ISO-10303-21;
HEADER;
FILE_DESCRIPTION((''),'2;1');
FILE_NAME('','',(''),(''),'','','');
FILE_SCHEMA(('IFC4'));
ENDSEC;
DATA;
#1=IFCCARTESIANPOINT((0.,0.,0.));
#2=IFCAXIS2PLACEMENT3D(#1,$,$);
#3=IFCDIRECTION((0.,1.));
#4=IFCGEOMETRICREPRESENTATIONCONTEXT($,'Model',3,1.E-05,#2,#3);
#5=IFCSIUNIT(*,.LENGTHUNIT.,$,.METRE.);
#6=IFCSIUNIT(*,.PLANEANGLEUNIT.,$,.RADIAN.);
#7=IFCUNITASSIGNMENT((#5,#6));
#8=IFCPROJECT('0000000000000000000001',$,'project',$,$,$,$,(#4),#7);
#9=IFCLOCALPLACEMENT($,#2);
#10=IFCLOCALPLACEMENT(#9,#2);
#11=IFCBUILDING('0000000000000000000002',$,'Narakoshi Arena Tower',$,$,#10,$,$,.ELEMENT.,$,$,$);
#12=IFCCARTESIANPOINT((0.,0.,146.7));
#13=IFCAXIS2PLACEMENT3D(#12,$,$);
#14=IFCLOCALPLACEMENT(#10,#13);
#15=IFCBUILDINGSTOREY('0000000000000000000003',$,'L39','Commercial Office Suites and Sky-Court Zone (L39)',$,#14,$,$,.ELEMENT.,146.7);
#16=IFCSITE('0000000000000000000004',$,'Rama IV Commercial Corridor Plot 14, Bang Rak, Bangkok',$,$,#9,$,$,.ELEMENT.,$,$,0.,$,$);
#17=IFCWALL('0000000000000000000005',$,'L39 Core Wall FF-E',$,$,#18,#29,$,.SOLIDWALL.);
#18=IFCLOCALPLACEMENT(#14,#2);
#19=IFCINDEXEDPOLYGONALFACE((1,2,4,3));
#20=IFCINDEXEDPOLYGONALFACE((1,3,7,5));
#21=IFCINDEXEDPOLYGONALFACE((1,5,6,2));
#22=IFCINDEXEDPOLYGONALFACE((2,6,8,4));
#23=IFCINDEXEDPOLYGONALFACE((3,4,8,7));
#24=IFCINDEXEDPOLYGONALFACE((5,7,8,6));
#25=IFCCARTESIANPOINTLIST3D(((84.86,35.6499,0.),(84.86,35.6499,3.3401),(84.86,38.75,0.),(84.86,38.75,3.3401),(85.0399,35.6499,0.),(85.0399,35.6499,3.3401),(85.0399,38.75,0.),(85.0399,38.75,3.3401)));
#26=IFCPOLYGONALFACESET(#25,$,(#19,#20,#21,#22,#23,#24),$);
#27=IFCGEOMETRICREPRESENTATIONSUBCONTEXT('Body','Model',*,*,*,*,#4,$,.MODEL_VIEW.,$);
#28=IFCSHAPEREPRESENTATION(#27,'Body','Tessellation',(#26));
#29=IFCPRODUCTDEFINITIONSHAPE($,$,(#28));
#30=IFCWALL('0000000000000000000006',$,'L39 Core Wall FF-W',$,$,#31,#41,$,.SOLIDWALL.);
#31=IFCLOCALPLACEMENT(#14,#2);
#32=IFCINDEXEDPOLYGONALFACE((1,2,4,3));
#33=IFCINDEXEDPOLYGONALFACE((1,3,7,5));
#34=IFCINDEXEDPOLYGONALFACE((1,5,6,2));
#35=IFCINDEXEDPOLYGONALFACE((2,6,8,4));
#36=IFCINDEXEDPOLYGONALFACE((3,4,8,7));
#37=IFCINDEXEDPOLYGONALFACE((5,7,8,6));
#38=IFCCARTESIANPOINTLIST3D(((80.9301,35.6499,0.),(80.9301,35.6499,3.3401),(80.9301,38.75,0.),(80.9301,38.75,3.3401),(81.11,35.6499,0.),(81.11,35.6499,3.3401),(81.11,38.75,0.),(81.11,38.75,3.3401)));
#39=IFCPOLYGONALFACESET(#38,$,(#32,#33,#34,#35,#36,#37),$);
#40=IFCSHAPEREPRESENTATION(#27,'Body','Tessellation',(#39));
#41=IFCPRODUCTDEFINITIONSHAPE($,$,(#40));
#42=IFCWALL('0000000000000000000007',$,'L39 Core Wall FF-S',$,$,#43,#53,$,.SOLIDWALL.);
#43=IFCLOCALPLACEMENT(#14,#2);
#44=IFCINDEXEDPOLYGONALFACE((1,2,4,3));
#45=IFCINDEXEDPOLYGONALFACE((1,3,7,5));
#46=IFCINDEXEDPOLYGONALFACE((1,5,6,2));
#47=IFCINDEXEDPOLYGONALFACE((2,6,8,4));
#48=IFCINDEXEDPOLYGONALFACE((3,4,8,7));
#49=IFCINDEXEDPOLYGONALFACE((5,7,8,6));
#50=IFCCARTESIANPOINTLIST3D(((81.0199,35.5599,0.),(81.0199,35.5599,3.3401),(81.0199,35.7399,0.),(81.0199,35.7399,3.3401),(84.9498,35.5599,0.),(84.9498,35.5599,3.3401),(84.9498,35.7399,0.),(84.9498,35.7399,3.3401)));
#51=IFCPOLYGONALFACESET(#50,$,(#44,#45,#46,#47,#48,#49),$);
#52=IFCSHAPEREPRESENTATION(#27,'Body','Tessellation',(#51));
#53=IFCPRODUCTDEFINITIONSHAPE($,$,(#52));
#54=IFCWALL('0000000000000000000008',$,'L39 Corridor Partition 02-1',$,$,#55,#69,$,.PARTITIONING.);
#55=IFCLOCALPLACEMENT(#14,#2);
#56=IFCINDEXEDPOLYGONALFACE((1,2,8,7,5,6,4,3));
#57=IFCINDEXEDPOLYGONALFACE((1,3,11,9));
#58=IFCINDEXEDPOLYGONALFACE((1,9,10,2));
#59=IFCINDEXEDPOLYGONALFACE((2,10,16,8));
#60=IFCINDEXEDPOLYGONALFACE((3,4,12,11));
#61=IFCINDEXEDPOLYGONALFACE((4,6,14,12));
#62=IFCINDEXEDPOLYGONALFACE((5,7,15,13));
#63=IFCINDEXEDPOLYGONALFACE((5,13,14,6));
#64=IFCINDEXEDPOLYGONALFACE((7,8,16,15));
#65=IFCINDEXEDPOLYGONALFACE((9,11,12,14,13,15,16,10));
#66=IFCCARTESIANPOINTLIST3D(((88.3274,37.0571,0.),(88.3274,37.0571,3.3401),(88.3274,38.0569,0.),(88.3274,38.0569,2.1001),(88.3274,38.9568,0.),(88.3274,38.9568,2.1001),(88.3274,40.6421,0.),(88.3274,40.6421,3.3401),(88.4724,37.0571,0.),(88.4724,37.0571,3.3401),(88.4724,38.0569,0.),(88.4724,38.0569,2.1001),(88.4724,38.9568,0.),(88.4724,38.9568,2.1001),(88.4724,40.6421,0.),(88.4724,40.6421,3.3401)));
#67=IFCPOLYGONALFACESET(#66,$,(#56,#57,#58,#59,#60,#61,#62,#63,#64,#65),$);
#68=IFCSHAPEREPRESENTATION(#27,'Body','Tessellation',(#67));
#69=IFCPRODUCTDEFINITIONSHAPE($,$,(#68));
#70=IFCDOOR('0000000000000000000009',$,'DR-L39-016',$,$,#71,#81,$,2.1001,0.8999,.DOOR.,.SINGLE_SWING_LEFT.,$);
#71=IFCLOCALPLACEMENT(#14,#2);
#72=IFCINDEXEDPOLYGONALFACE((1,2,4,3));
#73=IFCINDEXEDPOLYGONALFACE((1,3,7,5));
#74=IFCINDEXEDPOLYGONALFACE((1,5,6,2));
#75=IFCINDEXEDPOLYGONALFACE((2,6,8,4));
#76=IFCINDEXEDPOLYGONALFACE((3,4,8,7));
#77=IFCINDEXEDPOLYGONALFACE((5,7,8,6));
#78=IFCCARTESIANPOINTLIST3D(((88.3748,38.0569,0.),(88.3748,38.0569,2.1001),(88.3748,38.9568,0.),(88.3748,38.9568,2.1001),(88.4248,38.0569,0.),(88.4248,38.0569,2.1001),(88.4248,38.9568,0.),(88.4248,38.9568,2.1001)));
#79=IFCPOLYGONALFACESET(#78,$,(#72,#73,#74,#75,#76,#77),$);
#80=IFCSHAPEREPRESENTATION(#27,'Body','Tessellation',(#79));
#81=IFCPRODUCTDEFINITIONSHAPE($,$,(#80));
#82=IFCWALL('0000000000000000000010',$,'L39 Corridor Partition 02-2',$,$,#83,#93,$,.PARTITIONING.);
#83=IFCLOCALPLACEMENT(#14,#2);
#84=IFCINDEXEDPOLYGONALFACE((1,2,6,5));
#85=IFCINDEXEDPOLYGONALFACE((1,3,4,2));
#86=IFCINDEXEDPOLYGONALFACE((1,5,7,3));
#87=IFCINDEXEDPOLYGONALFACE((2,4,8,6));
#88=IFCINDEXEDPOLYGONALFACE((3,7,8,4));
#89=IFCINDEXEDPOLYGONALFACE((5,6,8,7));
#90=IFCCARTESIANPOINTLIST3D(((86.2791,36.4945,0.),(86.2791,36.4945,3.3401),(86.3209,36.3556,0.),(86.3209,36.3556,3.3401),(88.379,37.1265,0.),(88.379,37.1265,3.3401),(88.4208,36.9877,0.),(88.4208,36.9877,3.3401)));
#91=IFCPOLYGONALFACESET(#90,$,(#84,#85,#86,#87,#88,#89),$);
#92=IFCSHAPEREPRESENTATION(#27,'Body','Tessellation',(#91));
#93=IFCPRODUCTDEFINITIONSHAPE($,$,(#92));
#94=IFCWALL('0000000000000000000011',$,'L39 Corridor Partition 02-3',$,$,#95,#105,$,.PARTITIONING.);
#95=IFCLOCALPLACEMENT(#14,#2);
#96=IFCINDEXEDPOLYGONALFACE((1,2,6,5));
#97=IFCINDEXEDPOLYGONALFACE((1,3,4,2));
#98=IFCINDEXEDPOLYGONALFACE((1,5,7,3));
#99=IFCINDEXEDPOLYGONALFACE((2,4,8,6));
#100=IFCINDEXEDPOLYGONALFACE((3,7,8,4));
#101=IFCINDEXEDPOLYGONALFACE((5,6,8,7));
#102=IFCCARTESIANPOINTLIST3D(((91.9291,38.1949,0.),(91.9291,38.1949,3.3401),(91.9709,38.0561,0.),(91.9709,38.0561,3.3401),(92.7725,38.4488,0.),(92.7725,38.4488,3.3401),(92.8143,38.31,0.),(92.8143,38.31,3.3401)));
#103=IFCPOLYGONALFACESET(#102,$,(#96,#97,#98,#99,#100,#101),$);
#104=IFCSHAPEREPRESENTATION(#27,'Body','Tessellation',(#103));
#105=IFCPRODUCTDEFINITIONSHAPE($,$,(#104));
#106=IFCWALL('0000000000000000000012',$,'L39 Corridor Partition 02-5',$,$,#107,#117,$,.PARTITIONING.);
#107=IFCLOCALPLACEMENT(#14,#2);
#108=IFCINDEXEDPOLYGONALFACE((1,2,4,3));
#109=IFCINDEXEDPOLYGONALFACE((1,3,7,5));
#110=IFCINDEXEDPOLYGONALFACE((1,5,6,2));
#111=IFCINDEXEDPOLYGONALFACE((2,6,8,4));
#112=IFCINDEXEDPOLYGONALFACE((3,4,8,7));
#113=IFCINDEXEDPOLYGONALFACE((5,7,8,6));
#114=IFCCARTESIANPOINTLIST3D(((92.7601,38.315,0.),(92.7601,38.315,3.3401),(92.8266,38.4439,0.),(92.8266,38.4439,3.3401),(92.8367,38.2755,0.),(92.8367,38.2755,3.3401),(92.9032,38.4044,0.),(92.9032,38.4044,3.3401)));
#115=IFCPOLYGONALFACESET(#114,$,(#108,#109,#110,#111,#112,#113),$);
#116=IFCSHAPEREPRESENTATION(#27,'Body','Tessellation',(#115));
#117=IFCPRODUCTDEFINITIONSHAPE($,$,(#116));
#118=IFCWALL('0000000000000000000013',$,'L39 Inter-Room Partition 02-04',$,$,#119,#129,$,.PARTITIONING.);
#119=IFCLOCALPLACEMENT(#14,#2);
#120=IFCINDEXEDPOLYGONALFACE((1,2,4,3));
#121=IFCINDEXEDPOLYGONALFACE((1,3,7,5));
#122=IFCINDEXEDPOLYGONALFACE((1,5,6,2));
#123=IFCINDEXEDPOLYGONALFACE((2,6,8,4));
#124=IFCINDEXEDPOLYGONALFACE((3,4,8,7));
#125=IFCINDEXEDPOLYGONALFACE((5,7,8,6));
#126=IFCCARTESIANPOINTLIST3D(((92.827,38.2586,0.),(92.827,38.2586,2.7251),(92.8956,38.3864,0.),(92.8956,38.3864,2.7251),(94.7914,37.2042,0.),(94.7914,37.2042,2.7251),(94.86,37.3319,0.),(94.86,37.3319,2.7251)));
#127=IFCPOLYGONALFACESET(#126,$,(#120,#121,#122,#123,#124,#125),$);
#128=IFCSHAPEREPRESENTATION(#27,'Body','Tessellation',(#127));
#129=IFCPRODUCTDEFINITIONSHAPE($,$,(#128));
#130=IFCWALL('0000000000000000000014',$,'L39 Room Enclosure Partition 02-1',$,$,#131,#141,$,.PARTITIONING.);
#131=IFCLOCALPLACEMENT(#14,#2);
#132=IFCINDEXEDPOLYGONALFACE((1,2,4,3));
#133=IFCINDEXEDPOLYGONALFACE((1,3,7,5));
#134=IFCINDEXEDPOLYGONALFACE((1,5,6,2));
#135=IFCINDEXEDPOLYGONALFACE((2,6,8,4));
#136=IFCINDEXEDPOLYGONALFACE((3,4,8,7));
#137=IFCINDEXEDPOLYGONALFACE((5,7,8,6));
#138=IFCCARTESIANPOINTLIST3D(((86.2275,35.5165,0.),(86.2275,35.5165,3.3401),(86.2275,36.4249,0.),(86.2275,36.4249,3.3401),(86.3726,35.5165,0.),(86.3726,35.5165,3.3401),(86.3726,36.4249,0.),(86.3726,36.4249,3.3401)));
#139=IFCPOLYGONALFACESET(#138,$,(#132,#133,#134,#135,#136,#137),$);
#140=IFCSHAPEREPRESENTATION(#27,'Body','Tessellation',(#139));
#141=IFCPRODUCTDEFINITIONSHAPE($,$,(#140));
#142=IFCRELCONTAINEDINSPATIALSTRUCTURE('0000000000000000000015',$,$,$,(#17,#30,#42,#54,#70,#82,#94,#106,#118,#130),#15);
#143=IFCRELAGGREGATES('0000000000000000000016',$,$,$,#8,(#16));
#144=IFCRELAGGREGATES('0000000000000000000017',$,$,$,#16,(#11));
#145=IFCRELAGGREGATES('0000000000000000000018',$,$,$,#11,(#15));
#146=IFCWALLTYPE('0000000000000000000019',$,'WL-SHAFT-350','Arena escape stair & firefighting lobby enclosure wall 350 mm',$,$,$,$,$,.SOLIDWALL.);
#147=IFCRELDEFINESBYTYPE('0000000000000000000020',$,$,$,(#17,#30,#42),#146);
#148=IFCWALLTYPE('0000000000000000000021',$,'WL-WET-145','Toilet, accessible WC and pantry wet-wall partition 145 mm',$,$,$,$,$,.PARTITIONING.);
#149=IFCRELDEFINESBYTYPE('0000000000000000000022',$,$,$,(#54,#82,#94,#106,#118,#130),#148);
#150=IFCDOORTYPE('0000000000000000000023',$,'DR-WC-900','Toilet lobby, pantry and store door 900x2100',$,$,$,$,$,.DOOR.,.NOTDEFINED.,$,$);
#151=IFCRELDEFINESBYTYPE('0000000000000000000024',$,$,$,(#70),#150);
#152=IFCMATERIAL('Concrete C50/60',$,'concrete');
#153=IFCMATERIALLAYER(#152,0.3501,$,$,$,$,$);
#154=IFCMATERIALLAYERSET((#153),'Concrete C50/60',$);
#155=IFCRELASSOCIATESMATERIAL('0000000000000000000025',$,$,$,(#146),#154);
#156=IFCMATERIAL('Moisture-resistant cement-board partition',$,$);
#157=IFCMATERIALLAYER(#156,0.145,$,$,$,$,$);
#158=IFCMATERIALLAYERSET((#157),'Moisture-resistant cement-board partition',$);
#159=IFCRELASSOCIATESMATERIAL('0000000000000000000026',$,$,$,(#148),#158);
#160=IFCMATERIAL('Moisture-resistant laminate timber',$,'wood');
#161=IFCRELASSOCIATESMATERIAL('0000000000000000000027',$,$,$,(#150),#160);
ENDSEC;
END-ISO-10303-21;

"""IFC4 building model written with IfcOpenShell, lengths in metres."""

from ifc_helpers import new_model, si_unit, direction, frame, frame_2d, origin, place, context, subcontext, project, spatial, rectangle, extrude, material, layer, layer_set, type_object, element, fill, save


model = new_model("IFC4")

# Units and contexts
model_context = context("Model", 3, precision=1e-05, world=origin(), true_north=direction((0.0, 1.0)))
body_context = subcontext(model_context, "Body", "Model", "MODEL_VIEW")
ifc_project = project(units=[si_unit("LENGTHUNIT", "METRE"), si_unit("PLANEANGLEUNIT", "RADIAN")], contexts=[model_context])

# Site, building, storey
site_placement = place(None, origin())
site = spatial("IfcSite", under=ifc_project, at=site_placement, Name="Rama IV Commercial Corridor Plot 14, Bang Rak, Bangkok", CompositionType="ELEMENT", RefElevation=0.0)
building_placement = place(site_placement, origin())
building = spatial("IfcBuilding", under=site, at=building_placement, Name="Narakoshi Arena Tower", CompositionType="ELEMENT")
storey_placement = place(building_placement, frame((0.0, 0.0, 146.7)))
storey = spatial("IfcBuildingStorey", under=building, at=storey_placement, Name="L39", Description="Commercial Office Suites and Sky-Court Zone (L39)", CompositionType="ELEMENT", Elevation=146.7)

# Shared definitions
ifc_material_1 = material(Name="Concrete C50/60", Category="concrete")
ifc_layer_1 = layer(ifc_material_1, 0.3501)
ifc_layer_set_1 = layer_set([ifc_layer_1], Name="Concrete C50/60")
wall_type_1 = type_object("IfcWallType", Name="WL-SHAFT-350", Description="Arena escape stair & firefighting lobby enclosure wall 350 mm", PredefinedType="SOLIDWALL", material=ifc_layer_set_1)

# Walls
for number, where, z_axis, x_axis, name in (
    (1, (84.95, 35.6499, 0.0), (0.0, 0.0, 1.0), (0.0, 1.0, 0.0), "L39 Core Wall FF-E"),
    (2, (81.02, 35.6499, 0.0), (0.0, 0.0, 1.0), (0.0, 1.0, 0.0), "L39 Core Wall FF-W"),
):
    element("IfcWall", number, at=place(storey_placement, frame(where, z_axis=z_axis, x_axis=x_axis)), inside=storey, type_object=wall_type_1, Name=name, PredefinedType="SOLIDWALL", context=body_context, shape_type="SweptSolid", body=[
        extrude(rectangle(XDim=3.1001, YDim=0.1799, at=frame_2d((1.55, 0.0))), origin(), (0.0, 0.0, 1.0), 3.3401),
    ])
wall_1_placement = place(storey_placement, frame((81.02, 35.6499, 0.0), z_axis=(0.0, 0.0, 1.0), x_axis=(1.0, 0.0, 0.0)))
element("IfcWall", 3, at=wall_1_placement, inside=storey, type_object=wall_type_1, Name="L39 Core Wall FF-S", PredefinedType="SOLIDWALL", context=body_context, shape_type="SweptSolid", body=[
    extrude(rectangle(XDim=3.9299, YDim=0.1799, at=frame_2d((1.9648, 0.0))), origin(), (0.0, 0.0, 1.0), 3.3401),
])

# Wall, opening, door
ifc_material_2 = material(Name="Moisture-resistant cement-board partition")
ifc_layer_2 = layer(ifc_material_2, 0.145)
ifc_layer_set_2 = layer_set([ifc_layer_2], Name="Moisture-resistant cement-board partition")
wall_type_2 = type_object("IfcWallType", Name="WL-WET-145", Description="Toilet, accessible WC and pantry wet-wall partition 145 mm", PredefinedType="PARTITIONING", material=ifc_layer_set_2)
wall_2_placement = place(storey_placement, frame((88.3999, 37.0571, 0.0), z_axis=(0.0, 0.0, 1.0), x_axis=(0.0, 1.0, 0.0)))
wall_2 = element("IfcWall", 4, at=wall_2_placement, inside=storey, type_object=wall_type_2, Name="L39 Corridor Partition 02-1", PredefinedType="PARTITIONING", context=body_context, shape_type="SweptSolid", body=[
    extrude(rectangle(XDim=3.585, YDim=0.145, at=frame_2d((1.7925, 0.0))), origin(), (0.0, 0.0, 1.0), 3.3401),
])
opening_1_placement = place(wall_2_placement, frame((0.9998, 0.0, 0.0)))
opening_1 = element("IfcOpeningElement", 5, at=opening_1_placement, cuts=wall_2, PredefinedType="OPENING", context=body_context, shape_type="SweptSolid", body=[
    extrude(rectangle(XDim=0.8999, YDim=2.1001, at=frame_2d((0.45, 1.05))), frame((0.0, 0.0825, 0.0), z_axis=(0.0, -1.0, 0.0), x_axis=(1.0, 0.0, 0.0)), (0.0, 0.0, 1.0), 0.165),
])
ifc_material_3 = material(Name="Moisture-resistant laminate timber", Category="wood")
door_type_1 = type_object("IfcDoorType", Name="DR-WC-900", Description="Toilet lobby, pantry and store door 900x2100", OperationType="NOTDEFINED", PredefinedType="DOOR", material=ifc_material_3)
door_1_placement = place(opening_1_placement, frame((0.8999, 0.0, 0.0), z_axis=(0.0, 0.0, 1.0), x_axis=(-1.0, 0.0, 0.0)))
door_1 = element("IfcDoor", 6, at=door_1_placement, inside=storey, type_object=door_type_1, Name="DR-L39-016", OperationType="SINGLE_SWING_LEFT", OverallHeight=2.1001, OverallWidth=0.8999, PredefinedType="DOOR", context=body_context, shape_type="SweptSolid", body=[
    extrude(rectangle(XDim=0.8999, YDim=2.1001, at=frame_2d((0.45, 1.05))), frame((0.0, 0.0249, 0.0), z_axis=(0.0, -1.0, 0.0), x_axis=(1.0, 0.0, 0.0)), (0.0, 0.0, 1.0), 0.05),
])
fill(opening_1, door_1)

# Walls
wall_3_placement = place(storey_placement, frame((86.3, 36.425, 0.0), z_axis=(0.0, 0.0, 1.0), x_axis=(0.957559, 0.288236, 0.0)))
element("IfcWall", 7, at=wall_3_placement, inside=storey, type_object=wall_type_2, Name="L39 Corridor Partition 02-2", PredefinedType="PARTITIONING", context=body_context, shape_type="SweptSolid", body=[
    extrude(rectangle(XDim=2.1929, YDim=0.145, at=frame_2d((1.0964, 0.0))), origin(), (0.0, 0.0, 1.0), 3.3401),
])
wall_4_placement = place(storey_placement, frame((91.95, 38.1255, 0.0), z_axis=(0.0, 0.0, 1.0), x_axis=(0.957559, 0.288238, 0.0)))
element("IfcWall", 8, at=wall_4_placement, inside=storey, type_object=wall_type_2, Name="L39 Corridor Partition 02-3", PredefinedType="PARTITIONING", context=body_context, shape_type="SweptSolid", body=[
    extrude(rectangle(XDim=0.8809, YDim=0.145, at=frame_2d((0.4404, 0.0))), origin(), (0.0, 0.0, 1.0), 3.3401),
])
wall_5_placement = place(storey_placement, frame((92.7935, 38.3794, 0.0), z_axis=(0.0, 0.0, 1.0), x_axis=(0.888695, -0.458499, 0.0)))
element("IfcWall", 9, at=wall_5_placement, inside=storey, type_object=wall_type_2, Name="L39 Corridor Partition 02-5", PredefinedType="PARTITIONING", context=body_context, shape_type="SweptSolid", body=[
    extrude(rectangle(XDim=0.0862, YDim=0.145, at=frame_2d((0.043, 0.0))), origin(), (0.0, 0.0, 1.0), 3.3401),
])
wall_6_placement = place(storey_placement, frame((92.8613, 38.3225, 0.0), z_axis=(0.0, 0.0, 1.0), x_axis=(0.881086, -0.472957, 0.0)))
element("IfcWall", 10, at=wall_6_placement, inside=storey, type_object=wall_type_2, Name="L39 Inter-Room Partition 02-04", PredefinedType="PARTITIONING", context=body_context, shape_type="SweptSolid", body=[
    extrude(rectangle(XDim=2.2295, YDim=0.145, at=frame_2d((1.1147, 0.0))), origin(), (0.0, 0.0, 1.0), 2.7251),
])
wall_7_placement = place(storey_placement, frame((86.3, 35.5166, 0.0), z_axis=(0.0, 0.0, 1.0), x_axis=(0.0, 1.0, 0.0)))
element("IfcWall", 11, at=wall_7_placement, inside=storey, type_object=wall_type_2, Name="L39 Room Enclosure Partition 02-1", PredefinedType="PARTITIONING", context=body_context, shape_type="SweptSolid", body=[
    extrude(rectangle(XDim=0.9084, YDim=0.145, at=frame_2d((0.4541, 0.0))), origin(), (0.0, 0.0, 1.0), 3.3401),
])

save(model, "model.ifc")
